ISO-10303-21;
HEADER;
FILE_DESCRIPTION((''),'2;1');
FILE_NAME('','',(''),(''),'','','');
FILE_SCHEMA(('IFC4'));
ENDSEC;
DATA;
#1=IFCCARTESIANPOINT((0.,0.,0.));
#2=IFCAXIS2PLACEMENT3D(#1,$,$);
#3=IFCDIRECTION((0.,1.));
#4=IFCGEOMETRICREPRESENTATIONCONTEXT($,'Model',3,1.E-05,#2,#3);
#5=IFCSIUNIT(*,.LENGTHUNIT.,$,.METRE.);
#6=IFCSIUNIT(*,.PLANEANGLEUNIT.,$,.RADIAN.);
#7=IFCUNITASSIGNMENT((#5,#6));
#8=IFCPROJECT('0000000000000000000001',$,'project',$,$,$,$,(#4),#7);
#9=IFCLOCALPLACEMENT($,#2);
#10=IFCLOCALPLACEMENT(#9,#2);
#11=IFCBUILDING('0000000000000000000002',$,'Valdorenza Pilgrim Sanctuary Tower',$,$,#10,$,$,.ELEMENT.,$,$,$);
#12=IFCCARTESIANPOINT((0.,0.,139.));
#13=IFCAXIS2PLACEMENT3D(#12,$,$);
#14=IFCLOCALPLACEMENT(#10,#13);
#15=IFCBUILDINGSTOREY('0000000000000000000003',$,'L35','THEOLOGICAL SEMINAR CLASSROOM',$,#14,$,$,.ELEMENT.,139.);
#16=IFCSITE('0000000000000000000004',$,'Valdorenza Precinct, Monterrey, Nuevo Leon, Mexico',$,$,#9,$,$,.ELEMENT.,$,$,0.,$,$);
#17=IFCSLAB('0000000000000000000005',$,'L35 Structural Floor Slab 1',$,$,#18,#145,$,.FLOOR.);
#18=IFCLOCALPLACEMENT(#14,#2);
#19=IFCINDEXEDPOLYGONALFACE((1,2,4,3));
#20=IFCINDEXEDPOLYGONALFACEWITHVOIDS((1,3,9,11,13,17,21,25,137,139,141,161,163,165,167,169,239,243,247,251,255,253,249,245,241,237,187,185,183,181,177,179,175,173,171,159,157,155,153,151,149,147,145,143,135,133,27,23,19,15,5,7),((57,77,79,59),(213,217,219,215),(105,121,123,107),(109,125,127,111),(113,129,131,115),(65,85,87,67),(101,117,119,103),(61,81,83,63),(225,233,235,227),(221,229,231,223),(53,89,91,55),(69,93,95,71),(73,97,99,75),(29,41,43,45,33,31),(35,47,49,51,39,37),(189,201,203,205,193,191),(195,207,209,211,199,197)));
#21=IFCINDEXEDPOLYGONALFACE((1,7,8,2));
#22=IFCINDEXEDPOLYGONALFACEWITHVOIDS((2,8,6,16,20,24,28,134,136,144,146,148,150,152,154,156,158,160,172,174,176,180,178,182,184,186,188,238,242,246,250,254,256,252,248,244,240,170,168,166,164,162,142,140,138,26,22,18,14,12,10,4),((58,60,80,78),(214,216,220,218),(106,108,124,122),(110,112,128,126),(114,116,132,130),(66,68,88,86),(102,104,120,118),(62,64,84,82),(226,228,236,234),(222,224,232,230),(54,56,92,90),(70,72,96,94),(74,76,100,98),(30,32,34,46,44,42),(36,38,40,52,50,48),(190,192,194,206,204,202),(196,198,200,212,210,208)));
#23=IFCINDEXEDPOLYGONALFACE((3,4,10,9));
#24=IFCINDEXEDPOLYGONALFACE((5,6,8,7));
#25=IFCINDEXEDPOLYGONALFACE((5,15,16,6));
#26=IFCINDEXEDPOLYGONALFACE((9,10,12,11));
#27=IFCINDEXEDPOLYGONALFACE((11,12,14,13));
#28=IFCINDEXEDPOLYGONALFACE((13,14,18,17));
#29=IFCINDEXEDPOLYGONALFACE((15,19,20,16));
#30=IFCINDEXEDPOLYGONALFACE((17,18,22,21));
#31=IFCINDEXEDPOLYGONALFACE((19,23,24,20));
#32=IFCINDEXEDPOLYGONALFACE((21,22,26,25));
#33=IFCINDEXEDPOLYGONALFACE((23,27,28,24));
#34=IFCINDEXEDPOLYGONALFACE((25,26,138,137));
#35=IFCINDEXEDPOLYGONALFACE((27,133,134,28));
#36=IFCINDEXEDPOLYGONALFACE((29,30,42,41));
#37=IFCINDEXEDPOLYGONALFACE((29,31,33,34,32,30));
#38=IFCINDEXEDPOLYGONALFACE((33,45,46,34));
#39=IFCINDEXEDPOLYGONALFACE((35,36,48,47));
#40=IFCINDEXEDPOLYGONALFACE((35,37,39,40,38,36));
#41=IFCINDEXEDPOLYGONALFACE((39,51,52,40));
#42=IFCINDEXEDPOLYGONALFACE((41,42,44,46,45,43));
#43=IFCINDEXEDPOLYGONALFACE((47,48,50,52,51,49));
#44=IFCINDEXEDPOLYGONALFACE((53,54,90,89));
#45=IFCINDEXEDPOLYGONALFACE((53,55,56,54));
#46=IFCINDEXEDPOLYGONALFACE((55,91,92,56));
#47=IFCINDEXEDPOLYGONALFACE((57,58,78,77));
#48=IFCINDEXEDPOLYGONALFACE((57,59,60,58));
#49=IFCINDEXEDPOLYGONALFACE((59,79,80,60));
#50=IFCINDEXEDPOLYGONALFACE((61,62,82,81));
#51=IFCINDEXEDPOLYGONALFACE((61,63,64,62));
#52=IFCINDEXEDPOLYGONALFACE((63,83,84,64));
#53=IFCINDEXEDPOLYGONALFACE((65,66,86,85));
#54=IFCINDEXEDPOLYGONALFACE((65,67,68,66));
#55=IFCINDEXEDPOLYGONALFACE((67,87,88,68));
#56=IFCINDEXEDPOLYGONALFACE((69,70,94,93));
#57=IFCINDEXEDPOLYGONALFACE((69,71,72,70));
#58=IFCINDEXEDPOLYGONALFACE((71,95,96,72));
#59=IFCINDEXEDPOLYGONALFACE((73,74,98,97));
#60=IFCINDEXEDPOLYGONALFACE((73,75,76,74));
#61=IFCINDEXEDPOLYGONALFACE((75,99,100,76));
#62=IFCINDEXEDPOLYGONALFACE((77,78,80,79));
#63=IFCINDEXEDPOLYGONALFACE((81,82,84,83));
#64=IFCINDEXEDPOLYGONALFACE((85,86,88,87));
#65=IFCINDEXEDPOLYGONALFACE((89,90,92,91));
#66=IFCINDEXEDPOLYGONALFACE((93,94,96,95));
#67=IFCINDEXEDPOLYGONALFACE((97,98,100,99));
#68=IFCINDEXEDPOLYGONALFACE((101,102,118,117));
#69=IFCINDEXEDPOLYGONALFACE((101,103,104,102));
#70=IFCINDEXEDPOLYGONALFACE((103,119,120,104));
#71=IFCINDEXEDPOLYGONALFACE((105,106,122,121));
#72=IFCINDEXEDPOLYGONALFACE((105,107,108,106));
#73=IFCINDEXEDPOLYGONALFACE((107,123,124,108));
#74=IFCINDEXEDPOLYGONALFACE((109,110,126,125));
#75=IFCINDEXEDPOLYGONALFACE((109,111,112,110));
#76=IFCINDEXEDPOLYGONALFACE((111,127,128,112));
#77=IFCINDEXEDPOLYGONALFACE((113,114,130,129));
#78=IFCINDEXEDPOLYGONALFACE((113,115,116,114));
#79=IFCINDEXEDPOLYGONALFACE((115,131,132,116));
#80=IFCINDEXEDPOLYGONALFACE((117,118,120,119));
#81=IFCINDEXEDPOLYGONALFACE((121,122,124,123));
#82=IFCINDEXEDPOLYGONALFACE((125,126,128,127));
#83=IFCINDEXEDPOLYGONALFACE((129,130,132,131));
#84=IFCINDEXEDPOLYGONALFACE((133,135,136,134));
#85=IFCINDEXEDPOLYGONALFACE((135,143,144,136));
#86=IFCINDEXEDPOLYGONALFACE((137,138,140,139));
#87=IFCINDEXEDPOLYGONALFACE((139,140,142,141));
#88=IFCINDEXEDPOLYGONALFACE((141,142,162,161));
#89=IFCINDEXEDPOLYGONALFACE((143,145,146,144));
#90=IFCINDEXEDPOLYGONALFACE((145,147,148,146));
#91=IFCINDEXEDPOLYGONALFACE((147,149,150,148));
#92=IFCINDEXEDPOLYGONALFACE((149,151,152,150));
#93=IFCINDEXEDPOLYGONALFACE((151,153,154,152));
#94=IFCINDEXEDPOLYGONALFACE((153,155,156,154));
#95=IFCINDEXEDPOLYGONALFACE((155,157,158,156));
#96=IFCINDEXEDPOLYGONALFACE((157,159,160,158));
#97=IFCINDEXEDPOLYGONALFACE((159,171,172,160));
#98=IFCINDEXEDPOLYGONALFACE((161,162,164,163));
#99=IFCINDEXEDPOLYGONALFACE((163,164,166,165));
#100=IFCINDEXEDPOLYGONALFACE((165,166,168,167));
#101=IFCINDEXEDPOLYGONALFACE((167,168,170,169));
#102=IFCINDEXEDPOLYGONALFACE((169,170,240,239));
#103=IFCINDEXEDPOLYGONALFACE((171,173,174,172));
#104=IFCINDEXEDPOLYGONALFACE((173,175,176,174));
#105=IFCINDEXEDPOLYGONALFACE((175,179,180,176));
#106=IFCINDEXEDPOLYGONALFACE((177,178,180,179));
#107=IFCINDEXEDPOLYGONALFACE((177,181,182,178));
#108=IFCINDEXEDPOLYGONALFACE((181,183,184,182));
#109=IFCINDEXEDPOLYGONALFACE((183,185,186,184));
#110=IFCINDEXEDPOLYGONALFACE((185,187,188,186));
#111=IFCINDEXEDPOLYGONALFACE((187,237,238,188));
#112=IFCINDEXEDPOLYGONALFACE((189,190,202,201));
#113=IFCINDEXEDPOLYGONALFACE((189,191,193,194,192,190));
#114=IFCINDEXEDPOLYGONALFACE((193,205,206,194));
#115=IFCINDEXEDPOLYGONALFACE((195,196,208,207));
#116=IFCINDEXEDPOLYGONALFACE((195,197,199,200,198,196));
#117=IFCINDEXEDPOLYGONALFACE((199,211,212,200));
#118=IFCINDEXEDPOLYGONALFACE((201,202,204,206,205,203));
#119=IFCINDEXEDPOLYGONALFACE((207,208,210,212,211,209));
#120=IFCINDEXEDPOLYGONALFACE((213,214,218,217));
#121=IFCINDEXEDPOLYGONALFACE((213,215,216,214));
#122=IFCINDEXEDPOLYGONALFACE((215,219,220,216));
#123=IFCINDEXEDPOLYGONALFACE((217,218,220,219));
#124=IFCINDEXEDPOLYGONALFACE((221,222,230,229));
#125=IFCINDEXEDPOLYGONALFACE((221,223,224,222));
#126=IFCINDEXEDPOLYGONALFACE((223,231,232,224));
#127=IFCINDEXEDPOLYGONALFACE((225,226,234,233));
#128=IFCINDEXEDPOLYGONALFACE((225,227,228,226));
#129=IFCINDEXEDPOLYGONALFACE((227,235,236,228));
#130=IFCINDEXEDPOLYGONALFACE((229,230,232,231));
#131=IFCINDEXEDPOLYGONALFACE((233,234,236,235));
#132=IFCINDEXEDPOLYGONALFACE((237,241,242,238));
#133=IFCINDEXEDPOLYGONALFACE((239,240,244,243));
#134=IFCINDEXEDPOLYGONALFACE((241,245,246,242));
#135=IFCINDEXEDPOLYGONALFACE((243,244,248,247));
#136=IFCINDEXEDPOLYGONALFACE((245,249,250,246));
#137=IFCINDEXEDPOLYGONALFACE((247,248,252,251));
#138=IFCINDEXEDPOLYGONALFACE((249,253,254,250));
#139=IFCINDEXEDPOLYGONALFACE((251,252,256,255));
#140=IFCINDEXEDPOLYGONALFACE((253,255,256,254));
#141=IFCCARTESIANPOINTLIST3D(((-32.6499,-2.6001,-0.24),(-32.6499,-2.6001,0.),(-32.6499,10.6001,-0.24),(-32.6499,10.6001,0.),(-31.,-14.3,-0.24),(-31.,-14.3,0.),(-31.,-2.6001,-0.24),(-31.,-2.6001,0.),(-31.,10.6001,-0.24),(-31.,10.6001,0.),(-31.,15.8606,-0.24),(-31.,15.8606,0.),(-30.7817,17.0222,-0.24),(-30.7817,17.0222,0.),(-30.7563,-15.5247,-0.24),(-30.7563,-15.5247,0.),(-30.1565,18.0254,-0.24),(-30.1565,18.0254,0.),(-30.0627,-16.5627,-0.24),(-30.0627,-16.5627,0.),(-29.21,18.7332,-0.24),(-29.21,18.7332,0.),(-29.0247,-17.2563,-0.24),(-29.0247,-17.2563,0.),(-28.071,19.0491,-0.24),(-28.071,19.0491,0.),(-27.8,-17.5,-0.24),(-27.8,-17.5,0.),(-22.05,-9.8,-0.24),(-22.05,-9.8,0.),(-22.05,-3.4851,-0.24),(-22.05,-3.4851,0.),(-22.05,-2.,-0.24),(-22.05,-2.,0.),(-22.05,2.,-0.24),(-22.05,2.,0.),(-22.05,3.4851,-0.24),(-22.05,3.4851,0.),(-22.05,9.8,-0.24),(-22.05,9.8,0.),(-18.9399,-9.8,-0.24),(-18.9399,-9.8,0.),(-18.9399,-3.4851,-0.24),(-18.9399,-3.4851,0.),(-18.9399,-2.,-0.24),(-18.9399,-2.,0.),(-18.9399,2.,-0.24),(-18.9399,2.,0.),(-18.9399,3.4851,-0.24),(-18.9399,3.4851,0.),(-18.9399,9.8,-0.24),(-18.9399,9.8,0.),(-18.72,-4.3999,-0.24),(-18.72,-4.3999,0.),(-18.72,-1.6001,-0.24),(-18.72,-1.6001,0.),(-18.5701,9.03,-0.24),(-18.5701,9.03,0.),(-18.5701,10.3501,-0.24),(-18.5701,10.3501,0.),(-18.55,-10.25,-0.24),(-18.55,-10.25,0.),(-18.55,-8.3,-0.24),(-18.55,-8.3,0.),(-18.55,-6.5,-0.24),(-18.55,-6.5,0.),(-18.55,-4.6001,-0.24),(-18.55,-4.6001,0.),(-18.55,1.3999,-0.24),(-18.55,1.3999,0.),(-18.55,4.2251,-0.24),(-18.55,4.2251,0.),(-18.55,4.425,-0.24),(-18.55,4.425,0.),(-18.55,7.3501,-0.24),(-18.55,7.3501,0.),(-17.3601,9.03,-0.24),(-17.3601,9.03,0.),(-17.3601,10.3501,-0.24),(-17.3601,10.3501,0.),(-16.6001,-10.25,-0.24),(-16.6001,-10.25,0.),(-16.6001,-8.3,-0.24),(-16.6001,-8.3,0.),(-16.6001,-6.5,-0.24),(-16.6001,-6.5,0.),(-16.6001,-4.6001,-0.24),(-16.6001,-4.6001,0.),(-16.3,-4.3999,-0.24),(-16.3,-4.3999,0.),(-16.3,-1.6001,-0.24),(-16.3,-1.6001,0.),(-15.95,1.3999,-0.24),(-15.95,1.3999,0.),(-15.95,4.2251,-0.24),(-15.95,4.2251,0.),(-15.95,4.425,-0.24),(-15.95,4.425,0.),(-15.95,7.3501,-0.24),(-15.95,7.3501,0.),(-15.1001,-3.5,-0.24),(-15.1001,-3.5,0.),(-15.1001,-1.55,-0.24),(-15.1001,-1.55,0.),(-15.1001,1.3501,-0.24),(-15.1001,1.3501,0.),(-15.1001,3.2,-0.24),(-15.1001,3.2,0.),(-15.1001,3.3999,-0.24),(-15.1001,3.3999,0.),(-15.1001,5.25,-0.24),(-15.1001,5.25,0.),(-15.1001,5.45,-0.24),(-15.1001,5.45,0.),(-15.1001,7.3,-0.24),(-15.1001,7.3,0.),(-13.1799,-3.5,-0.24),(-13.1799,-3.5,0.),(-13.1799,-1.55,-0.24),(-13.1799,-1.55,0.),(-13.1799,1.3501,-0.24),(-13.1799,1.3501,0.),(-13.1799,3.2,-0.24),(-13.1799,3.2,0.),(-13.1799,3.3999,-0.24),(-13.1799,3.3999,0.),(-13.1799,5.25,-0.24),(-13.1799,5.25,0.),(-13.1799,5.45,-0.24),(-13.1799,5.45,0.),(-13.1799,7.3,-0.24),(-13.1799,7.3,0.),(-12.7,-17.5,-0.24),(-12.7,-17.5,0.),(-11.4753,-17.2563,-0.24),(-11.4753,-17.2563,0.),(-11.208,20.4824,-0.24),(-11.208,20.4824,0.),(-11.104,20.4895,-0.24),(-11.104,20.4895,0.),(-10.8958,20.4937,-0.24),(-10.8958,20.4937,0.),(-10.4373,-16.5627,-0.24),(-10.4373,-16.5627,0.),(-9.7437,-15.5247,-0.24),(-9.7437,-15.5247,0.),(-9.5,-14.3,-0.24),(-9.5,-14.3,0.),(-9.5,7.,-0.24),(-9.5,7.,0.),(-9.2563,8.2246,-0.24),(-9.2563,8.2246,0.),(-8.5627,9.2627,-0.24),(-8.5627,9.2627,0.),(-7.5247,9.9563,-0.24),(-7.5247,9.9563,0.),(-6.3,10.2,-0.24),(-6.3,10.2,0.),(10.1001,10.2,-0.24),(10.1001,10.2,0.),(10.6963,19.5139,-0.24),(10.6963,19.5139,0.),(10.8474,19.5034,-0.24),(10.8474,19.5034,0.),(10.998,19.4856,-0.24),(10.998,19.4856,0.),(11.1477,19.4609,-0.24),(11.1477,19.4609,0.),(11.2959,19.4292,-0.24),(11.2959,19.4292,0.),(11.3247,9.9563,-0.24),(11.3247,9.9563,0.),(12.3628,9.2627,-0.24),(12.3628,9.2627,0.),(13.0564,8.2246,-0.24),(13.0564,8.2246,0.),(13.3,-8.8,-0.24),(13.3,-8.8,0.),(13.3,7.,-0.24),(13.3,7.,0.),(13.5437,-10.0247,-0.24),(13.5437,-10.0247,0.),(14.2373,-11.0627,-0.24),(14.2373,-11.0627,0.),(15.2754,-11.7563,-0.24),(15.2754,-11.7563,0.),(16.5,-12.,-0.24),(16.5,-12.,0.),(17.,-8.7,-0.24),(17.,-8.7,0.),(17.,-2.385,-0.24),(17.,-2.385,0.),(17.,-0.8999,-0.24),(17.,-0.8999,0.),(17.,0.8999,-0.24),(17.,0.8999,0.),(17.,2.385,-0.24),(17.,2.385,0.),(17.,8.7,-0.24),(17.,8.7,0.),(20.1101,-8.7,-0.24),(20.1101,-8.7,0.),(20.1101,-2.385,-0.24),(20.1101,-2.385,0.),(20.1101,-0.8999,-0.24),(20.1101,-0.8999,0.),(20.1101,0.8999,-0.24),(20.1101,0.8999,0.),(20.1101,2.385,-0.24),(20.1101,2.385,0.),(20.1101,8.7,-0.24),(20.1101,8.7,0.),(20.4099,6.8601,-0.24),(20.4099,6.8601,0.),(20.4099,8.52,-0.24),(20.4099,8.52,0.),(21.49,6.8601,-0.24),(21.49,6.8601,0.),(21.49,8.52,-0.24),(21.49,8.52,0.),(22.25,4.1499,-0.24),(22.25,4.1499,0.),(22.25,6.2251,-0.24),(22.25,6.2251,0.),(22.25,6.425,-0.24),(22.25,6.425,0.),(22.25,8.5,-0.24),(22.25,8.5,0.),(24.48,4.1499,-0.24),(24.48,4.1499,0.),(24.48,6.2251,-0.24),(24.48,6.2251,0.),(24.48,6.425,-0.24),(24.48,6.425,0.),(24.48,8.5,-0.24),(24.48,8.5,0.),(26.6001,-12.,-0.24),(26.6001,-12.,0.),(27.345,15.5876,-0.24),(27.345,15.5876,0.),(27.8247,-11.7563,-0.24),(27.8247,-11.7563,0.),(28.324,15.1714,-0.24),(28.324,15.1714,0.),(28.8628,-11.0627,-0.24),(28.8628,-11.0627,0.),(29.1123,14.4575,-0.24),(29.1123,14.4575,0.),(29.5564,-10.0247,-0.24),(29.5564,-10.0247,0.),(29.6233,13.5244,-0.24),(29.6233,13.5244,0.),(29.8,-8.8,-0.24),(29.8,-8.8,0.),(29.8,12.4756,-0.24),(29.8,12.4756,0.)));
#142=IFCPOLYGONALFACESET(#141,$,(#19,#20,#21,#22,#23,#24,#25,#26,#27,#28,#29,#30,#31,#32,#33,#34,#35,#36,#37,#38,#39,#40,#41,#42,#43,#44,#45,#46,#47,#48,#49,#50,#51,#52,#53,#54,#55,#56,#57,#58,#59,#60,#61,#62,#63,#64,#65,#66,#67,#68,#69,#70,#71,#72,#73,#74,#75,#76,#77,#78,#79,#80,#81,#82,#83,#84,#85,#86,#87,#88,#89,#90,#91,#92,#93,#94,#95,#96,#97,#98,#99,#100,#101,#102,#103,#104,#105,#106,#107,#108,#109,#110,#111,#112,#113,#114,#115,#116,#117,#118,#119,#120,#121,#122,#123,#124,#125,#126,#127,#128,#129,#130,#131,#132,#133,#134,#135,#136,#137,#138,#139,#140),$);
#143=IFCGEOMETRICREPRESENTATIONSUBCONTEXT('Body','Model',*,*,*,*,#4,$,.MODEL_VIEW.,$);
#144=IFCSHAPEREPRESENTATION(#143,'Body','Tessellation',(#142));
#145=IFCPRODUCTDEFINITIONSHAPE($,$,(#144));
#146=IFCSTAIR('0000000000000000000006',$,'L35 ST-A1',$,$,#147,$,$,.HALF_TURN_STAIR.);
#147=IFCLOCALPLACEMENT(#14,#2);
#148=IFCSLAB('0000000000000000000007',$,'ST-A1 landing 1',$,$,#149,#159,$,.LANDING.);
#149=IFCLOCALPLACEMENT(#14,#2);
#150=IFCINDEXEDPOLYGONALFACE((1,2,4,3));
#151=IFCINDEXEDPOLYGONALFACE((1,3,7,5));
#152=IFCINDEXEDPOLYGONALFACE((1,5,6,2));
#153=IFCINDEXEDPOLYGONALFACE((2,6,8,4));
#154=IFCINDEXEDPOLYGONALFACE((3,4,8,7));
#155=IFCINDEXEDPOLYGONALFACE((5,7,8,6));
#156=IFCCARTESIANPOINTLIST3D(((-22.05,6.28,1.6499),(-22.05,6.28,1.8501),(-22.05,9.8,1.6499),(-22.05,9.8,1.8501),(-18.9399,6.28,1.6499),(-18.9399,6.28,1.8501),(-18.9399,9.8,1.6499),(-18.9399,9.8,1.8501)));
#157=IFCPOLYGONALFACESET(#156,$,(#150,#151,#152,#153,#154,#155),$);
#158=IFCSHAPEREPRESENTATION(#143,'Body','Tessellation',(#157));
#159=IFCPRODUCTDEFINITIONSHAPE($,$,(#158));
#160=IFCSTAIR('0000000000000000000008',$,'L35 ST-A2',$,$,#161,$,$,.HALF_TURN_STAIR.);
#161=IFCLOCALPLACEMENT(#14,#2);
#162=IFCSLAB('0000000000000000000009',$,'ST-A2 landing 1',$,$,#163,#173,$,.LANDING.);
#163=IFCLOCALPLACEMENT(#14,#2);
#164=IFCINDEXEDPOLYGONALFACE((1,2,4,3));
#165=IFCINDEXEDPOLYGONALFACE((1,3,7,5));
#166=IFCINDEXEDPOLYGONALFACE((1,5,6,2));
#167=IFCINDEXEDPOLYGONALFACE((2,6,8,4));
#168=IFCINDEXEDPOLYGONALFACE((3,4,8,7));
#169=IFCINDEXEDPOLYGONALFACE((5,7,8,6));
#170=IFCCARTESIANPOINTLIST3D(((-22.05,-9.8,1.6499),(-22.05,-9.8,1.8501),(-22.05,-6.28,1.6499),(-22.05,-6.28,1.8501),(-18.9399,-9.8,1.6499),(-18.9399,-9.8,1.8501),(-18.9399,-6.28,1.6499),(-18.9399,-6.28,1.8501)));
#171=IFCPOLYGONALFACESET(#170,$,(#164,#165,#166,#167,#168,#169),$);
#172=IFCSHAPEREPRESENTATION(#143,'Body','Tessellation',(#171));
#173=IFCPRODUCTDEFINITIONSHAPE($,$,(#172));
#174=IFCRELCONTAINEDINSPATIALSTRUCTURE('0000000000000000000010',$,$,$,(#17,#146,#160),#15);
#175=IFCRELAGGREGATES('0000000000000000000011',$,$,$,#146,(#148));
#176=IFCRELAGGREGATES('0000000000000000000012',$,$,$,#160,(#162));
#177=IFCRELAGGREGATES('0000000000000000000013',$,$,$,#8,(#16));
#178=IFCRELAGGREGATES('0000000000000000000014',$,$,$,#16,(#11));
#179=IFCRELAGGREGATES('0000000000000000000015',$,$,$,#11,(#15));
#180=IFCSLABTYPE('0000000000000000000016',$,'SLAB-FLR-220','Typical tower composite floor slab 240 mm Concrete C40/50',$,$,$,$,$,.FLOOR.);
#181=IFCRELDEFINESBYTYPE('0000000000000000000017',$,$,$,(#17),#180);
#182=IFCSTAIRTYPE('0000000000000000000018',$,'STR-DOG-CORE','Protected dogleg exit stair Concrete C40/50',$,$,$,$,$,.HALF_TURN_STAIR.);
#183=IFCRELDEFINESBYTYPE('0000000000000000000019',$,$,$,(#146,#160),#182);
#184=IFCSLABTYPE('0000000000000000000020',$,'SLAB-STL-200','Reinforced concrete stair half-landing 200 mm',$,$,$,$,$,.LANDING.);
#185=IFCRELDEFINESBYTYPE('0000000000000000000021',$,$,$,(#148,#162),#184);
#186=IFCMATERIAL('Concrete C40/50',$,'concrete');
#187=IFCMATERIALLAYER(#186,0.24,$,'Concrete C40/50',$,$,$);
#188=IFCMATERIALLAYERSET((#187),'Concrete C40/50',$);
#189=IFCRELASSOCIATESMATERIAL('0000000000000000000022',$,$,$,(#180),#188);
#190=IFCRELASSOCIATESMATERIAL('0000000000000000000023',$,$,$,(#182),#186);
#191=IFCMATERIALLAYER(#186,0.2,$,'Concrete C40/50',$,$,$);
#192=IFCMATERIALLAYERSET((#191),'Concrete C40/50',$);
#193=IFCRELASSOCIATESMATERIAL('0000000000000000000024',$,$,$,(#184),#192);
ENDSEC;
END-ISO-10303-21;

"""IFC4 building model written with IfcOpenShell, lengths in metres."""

from ifc_helpers import new_model, si_unit, direction, frame, origin, place, context, subcontext, project, spatial, polyline, outline, extrude, material, layer, layer_set, type_object, element, aggregate, save


model = new_model("IFC4")

# Units and contexts
model_context = context("Model", 3, precision=1e-05, world=origin(), true_north=direction((0.0, 1.0)))
body_context = subcontext(model_context, "Body", "Model", "MODEL_VIEW")
ifc_project = project(units=[si_unit("LENGTHUNIT", "METRE"), si_unit("PLANEANGLEUNIT", "RADIAN")], contexts=[model_context])

# Site, building, storey
site_placement = place(None, origin())
site = spatial("IfcSite", under=ifc_project, at=site_placement, Name="Valdorenza Precinct, Monterrey, Nuevo Leon, Mexico", CompositionType="ELEMENT", RefElevation=0.0)
building_placement = place(site_placement, origin())
building = spatial("IfcBuilding", under=site, at=building_placement, Name="Valdorenza Pilgrim Sanctuary Tower", CompositionType="ELEMENT")
storey_placement = place(building_placement, frame((0.0, 0.0, 139.0)))
storey = spatial("IfcBuildingStorey", under=building, at=storey_placement, Name="L35", Description="THEOLOGICAL SEMINAR CLASSROOM", CompositionType="ELEMENT", Elevation=139.0)

# Slab
ifc_material_1 = material(Name="Concrete C40/50", Category="concrete")
ifc_layer_1 = layer(ifc_material_1, 0.24, Name="Concrete C40/50")
ifc_layer_set_1 = layer_set([ifc_layer_1], Name="Concrete C40/50")
slab_type_1 = type_object("IfcSlabType", Name="SLAB-FLR-220", Description="Typical tower composite floor slab 240 mm Concrete C40/50", PredefinedType="FLOOR", material=ifc_layer_set_1)
slab_1_placement = place(storey_placement, frame((0.0, 0.0, -0.24)))
element("IfcSlab", 1, at=slab_1_placement, inside=storey, type_object=slab_type_1, Name="L35 Structural Floor Slab 1", PredefinedType="FLOOR", context=body_context, shape_type="SweptSolid", body=[
    extrude(outline(polyline([(-30.7817, 17.0222), (-30.1565, 18.0254), (-29.21, 18.7332), (-28.071, 19.0491), (-11.208, 20.4824), (-11.104, 20.4895), (-10.8958, 20.4937), (10.6963, 19.5139), (10.8474, 19.5034), (10.998, 19.4856), (11.1477, 19.4609), (11.2959, 19.4292), (27.345, 15.5876), (28.324, 15.1714), (29.1123, 14.4575), (29.6233, 13.5244), (29.8, 12.4756), (29.8, -8.8), (29.5564, -10.0247), (28.8628, -11.0627), (27.8247, -11.7563), (26.6001, -12.0), (16.5, -12.0), (15.2754, -11.7563), (14.2373, -11.0627), (13.5437, -10.0247), (13.3, -8.8), (13.3, 7.0), (13.0564, 8.2246), (12.3628, 9.2627), (11.3247, 9.9563), (10.1001, 10.2), (-6.3, 10.2), (-7.5247, 9.9563), (-8.5627, 9.2627), (-9.2563, 8.2246), (-9.5, 7.0), (-9.5, -14.3), (-9.7437, -15.5247), (-10.4373, -16.5627), (-11.4753, -17.2563), (-12.7, -17.5), (-27.8, -17.5), (-29.0247, -17.2563), (-30.0627, -16.5627), (-30.7563, -15.5247), (-31.0, -14.3), (-31.0, -2.6001), (-32.6499, -2.6001), (-32.6499, 10.6001), (-31.0, 10.6001), (-31.0, 15.8606), (-30.7817, 17.0222)]), holes=[polyline([(-16.6001, -10.25), (-16.6001, -8.3), (-18.55, -8.3), (-18.55, -10.25), (-16.6001, -10.25)]), polyline([(-22.05, -9.8), (-18.9399, -9.8), (-18.9399, -3.4851), (-18.9399, -2.0), (-22.05, -2.0), (-22.05, -3.4851), (-22.05, -9.8)]), polyline([(-16.6001, -6.5), (-16.6001, -4.6001), (-18.55, -4.6001), (-18.55, -6.5), (-16.6001, -6.5)]), polyline([(-18.72, -4.3999), (-16.3, -4.3999), (-16.3, -1.6001), (-18.72, -1.6001), (-18.72, -4.3999)]), polyline([(-13.1799, 1.3501), (-13.1799, 3.2), (-15.1001, 3.2), (-15.1001, 1.3501), (-13.1799, 1.3501)]), polyline([(-22.05, 2.0), (-18.9399, 2.0), (-18.9399, 3.4851), (-18.9399, 9.8), (-22.05, 9.8), (-22.05, 3.4851), (-22.05, 2.0)]), polyline([(-15.95, 1.3999), (-15.95, 4.2251), (-18.55, 4.2251), (-18.55, 1.3999), (-15.95, 1.3999)]), polyline([(-18.55, 4.425), (-15.95, 4.425), (-15.95, 7.3501), (-18.55, 7.3501), (-18.55, 4.425)]), polyline([(-17.3601, 9.03), (-17.3601, 10.3501), (-18.5701, 10.3501), (-18.5701, 9.03), (-17.3601, 9.03)]), polyline([(17.0, -8.7), (20.1101, -8.7), (20.1101, -2.385), (20.1101, -0.8999), (17.0, -0.8999), (17.0, -2.385), (17.0, -8.7)]), polyline([(-13.1799, -3.5), (-13.1799, -1.55), (-15.1001, -1.55), (-15.1001, -3.5), (-13.1799, -3.5)]), polyline([(17.0, 0.8999), (20.1101, 0.8999), (20.1101, 2.385), (20.1101, 8.7), (17.0, 8.7), (17.0, 2.385), (17.0, 0.8999)]), polyline([(-13.1799, 3.3999), (-13.1799, 5.25), (-15.1001, 5.25), (-15.1001, 3.3999), (-13.1799, 3.3999)]), polyline([(22.25, 4.1499), (24.48, 4.1499), (24.48, 6.2251), (22.25, 6.2251), (22.25, 4.1499)]), polyline([(-13.1799, 5.45), (-13.1799, 7.3), (-15.1001, 7.3), (-15.1001, 5.45), (-13.1799, 5.45)]), polyline([(22.25, 6.425), (24.48, 6.425), (24.48, 8.5), (22.25, 8.5), (22.25, 6.425)]), polyline([(20.4099, 6.8601), (21.49, 6.8601), (21.49, 8.52), (20.4099, 8.52), (20.4099, 6.8601)])]), origin(), (0.0, 0.0, 1.0), 0.24),
])

# Stairs, slabs
stair_type = type_object("IfcStairType", Name="STR-DOG-CORE", Description="Protected dogleg exit stair Concrete C40/50", PredefinedType="HALF_TURN_STAIR", material=ifc_material_1)
stair_1_placement = place(storey_placement, origin())
stair_1 = element("IfcStair", 2, at=stair_1_placement, inside=storey, type_object=stair_type, Name="L35 ST-A1", PredefinedType="HALF_TURN_STAIR")
ifc_layer_2 = layer(ifc_material_1, 0.2, Name="Concrete C40/50")
ifc_layer_set_2 = layer_set([ifc_layer_2], Name="Concrete C40/50")
slab_type_2 = type_object("IfcSlabType", Name="SLAB-STL-200", Description="Reinforced concrete stair half-landing 200 mm", PredefinedType="LANDING", material=ifc_layer_set_2)
slab_2_placement = place(storey_placement, frame((0.0, 0.0, 1.6499)))
slab_2 = element("IfcSlab", 3, at=slab_2_placement, type_object=slab_type_2, Name="ST-A1 landing 1", PredefinedType="LANDING", context=body_context, shape_type="SweptSolid", body=[
    extrude(outline(polyline([(-18.9399, 6.28), (-18.9399, 9.8), (-22.05, 9.8), (-22.05, 6.28), (-18.9399, 6.28)])), origin(), (0.0, 0.0, 1.0), 0.2002),
])
aggregate(stair_1, [slab_2])
stair_2_placement = place(storey_placement, origin())
stair_2 = element("IfcStair", 4, at=stair_2_placement, inside=storey, type_object=stair_type, Name="L35 ST-A2", PredefinedType="HALF_TURN_STAIR")
slab_3_placement = place(storey_placement, frame((0.0, 0.0, 1.6499)))
slab_3 = element("IfcSlab", 5, at=slab_3_placement, type_object=slab_type_2, Name="ST-A2 landing 1", PredefinedType="LANDING", context=body_context, shape_type="SweptSolid", body=[
    extrude(outline(polyline([(-22.05, -6.28), (-22.05, -9.8), (-18.9399, -9.8), (-18.9399, -6.28), (-22.05, -6.28)])), origin(), (0.0, 0.0, 1.0), 0.2002),
])
aggregate(stair_2, [slab_3])

save(model, "model.ifc")
